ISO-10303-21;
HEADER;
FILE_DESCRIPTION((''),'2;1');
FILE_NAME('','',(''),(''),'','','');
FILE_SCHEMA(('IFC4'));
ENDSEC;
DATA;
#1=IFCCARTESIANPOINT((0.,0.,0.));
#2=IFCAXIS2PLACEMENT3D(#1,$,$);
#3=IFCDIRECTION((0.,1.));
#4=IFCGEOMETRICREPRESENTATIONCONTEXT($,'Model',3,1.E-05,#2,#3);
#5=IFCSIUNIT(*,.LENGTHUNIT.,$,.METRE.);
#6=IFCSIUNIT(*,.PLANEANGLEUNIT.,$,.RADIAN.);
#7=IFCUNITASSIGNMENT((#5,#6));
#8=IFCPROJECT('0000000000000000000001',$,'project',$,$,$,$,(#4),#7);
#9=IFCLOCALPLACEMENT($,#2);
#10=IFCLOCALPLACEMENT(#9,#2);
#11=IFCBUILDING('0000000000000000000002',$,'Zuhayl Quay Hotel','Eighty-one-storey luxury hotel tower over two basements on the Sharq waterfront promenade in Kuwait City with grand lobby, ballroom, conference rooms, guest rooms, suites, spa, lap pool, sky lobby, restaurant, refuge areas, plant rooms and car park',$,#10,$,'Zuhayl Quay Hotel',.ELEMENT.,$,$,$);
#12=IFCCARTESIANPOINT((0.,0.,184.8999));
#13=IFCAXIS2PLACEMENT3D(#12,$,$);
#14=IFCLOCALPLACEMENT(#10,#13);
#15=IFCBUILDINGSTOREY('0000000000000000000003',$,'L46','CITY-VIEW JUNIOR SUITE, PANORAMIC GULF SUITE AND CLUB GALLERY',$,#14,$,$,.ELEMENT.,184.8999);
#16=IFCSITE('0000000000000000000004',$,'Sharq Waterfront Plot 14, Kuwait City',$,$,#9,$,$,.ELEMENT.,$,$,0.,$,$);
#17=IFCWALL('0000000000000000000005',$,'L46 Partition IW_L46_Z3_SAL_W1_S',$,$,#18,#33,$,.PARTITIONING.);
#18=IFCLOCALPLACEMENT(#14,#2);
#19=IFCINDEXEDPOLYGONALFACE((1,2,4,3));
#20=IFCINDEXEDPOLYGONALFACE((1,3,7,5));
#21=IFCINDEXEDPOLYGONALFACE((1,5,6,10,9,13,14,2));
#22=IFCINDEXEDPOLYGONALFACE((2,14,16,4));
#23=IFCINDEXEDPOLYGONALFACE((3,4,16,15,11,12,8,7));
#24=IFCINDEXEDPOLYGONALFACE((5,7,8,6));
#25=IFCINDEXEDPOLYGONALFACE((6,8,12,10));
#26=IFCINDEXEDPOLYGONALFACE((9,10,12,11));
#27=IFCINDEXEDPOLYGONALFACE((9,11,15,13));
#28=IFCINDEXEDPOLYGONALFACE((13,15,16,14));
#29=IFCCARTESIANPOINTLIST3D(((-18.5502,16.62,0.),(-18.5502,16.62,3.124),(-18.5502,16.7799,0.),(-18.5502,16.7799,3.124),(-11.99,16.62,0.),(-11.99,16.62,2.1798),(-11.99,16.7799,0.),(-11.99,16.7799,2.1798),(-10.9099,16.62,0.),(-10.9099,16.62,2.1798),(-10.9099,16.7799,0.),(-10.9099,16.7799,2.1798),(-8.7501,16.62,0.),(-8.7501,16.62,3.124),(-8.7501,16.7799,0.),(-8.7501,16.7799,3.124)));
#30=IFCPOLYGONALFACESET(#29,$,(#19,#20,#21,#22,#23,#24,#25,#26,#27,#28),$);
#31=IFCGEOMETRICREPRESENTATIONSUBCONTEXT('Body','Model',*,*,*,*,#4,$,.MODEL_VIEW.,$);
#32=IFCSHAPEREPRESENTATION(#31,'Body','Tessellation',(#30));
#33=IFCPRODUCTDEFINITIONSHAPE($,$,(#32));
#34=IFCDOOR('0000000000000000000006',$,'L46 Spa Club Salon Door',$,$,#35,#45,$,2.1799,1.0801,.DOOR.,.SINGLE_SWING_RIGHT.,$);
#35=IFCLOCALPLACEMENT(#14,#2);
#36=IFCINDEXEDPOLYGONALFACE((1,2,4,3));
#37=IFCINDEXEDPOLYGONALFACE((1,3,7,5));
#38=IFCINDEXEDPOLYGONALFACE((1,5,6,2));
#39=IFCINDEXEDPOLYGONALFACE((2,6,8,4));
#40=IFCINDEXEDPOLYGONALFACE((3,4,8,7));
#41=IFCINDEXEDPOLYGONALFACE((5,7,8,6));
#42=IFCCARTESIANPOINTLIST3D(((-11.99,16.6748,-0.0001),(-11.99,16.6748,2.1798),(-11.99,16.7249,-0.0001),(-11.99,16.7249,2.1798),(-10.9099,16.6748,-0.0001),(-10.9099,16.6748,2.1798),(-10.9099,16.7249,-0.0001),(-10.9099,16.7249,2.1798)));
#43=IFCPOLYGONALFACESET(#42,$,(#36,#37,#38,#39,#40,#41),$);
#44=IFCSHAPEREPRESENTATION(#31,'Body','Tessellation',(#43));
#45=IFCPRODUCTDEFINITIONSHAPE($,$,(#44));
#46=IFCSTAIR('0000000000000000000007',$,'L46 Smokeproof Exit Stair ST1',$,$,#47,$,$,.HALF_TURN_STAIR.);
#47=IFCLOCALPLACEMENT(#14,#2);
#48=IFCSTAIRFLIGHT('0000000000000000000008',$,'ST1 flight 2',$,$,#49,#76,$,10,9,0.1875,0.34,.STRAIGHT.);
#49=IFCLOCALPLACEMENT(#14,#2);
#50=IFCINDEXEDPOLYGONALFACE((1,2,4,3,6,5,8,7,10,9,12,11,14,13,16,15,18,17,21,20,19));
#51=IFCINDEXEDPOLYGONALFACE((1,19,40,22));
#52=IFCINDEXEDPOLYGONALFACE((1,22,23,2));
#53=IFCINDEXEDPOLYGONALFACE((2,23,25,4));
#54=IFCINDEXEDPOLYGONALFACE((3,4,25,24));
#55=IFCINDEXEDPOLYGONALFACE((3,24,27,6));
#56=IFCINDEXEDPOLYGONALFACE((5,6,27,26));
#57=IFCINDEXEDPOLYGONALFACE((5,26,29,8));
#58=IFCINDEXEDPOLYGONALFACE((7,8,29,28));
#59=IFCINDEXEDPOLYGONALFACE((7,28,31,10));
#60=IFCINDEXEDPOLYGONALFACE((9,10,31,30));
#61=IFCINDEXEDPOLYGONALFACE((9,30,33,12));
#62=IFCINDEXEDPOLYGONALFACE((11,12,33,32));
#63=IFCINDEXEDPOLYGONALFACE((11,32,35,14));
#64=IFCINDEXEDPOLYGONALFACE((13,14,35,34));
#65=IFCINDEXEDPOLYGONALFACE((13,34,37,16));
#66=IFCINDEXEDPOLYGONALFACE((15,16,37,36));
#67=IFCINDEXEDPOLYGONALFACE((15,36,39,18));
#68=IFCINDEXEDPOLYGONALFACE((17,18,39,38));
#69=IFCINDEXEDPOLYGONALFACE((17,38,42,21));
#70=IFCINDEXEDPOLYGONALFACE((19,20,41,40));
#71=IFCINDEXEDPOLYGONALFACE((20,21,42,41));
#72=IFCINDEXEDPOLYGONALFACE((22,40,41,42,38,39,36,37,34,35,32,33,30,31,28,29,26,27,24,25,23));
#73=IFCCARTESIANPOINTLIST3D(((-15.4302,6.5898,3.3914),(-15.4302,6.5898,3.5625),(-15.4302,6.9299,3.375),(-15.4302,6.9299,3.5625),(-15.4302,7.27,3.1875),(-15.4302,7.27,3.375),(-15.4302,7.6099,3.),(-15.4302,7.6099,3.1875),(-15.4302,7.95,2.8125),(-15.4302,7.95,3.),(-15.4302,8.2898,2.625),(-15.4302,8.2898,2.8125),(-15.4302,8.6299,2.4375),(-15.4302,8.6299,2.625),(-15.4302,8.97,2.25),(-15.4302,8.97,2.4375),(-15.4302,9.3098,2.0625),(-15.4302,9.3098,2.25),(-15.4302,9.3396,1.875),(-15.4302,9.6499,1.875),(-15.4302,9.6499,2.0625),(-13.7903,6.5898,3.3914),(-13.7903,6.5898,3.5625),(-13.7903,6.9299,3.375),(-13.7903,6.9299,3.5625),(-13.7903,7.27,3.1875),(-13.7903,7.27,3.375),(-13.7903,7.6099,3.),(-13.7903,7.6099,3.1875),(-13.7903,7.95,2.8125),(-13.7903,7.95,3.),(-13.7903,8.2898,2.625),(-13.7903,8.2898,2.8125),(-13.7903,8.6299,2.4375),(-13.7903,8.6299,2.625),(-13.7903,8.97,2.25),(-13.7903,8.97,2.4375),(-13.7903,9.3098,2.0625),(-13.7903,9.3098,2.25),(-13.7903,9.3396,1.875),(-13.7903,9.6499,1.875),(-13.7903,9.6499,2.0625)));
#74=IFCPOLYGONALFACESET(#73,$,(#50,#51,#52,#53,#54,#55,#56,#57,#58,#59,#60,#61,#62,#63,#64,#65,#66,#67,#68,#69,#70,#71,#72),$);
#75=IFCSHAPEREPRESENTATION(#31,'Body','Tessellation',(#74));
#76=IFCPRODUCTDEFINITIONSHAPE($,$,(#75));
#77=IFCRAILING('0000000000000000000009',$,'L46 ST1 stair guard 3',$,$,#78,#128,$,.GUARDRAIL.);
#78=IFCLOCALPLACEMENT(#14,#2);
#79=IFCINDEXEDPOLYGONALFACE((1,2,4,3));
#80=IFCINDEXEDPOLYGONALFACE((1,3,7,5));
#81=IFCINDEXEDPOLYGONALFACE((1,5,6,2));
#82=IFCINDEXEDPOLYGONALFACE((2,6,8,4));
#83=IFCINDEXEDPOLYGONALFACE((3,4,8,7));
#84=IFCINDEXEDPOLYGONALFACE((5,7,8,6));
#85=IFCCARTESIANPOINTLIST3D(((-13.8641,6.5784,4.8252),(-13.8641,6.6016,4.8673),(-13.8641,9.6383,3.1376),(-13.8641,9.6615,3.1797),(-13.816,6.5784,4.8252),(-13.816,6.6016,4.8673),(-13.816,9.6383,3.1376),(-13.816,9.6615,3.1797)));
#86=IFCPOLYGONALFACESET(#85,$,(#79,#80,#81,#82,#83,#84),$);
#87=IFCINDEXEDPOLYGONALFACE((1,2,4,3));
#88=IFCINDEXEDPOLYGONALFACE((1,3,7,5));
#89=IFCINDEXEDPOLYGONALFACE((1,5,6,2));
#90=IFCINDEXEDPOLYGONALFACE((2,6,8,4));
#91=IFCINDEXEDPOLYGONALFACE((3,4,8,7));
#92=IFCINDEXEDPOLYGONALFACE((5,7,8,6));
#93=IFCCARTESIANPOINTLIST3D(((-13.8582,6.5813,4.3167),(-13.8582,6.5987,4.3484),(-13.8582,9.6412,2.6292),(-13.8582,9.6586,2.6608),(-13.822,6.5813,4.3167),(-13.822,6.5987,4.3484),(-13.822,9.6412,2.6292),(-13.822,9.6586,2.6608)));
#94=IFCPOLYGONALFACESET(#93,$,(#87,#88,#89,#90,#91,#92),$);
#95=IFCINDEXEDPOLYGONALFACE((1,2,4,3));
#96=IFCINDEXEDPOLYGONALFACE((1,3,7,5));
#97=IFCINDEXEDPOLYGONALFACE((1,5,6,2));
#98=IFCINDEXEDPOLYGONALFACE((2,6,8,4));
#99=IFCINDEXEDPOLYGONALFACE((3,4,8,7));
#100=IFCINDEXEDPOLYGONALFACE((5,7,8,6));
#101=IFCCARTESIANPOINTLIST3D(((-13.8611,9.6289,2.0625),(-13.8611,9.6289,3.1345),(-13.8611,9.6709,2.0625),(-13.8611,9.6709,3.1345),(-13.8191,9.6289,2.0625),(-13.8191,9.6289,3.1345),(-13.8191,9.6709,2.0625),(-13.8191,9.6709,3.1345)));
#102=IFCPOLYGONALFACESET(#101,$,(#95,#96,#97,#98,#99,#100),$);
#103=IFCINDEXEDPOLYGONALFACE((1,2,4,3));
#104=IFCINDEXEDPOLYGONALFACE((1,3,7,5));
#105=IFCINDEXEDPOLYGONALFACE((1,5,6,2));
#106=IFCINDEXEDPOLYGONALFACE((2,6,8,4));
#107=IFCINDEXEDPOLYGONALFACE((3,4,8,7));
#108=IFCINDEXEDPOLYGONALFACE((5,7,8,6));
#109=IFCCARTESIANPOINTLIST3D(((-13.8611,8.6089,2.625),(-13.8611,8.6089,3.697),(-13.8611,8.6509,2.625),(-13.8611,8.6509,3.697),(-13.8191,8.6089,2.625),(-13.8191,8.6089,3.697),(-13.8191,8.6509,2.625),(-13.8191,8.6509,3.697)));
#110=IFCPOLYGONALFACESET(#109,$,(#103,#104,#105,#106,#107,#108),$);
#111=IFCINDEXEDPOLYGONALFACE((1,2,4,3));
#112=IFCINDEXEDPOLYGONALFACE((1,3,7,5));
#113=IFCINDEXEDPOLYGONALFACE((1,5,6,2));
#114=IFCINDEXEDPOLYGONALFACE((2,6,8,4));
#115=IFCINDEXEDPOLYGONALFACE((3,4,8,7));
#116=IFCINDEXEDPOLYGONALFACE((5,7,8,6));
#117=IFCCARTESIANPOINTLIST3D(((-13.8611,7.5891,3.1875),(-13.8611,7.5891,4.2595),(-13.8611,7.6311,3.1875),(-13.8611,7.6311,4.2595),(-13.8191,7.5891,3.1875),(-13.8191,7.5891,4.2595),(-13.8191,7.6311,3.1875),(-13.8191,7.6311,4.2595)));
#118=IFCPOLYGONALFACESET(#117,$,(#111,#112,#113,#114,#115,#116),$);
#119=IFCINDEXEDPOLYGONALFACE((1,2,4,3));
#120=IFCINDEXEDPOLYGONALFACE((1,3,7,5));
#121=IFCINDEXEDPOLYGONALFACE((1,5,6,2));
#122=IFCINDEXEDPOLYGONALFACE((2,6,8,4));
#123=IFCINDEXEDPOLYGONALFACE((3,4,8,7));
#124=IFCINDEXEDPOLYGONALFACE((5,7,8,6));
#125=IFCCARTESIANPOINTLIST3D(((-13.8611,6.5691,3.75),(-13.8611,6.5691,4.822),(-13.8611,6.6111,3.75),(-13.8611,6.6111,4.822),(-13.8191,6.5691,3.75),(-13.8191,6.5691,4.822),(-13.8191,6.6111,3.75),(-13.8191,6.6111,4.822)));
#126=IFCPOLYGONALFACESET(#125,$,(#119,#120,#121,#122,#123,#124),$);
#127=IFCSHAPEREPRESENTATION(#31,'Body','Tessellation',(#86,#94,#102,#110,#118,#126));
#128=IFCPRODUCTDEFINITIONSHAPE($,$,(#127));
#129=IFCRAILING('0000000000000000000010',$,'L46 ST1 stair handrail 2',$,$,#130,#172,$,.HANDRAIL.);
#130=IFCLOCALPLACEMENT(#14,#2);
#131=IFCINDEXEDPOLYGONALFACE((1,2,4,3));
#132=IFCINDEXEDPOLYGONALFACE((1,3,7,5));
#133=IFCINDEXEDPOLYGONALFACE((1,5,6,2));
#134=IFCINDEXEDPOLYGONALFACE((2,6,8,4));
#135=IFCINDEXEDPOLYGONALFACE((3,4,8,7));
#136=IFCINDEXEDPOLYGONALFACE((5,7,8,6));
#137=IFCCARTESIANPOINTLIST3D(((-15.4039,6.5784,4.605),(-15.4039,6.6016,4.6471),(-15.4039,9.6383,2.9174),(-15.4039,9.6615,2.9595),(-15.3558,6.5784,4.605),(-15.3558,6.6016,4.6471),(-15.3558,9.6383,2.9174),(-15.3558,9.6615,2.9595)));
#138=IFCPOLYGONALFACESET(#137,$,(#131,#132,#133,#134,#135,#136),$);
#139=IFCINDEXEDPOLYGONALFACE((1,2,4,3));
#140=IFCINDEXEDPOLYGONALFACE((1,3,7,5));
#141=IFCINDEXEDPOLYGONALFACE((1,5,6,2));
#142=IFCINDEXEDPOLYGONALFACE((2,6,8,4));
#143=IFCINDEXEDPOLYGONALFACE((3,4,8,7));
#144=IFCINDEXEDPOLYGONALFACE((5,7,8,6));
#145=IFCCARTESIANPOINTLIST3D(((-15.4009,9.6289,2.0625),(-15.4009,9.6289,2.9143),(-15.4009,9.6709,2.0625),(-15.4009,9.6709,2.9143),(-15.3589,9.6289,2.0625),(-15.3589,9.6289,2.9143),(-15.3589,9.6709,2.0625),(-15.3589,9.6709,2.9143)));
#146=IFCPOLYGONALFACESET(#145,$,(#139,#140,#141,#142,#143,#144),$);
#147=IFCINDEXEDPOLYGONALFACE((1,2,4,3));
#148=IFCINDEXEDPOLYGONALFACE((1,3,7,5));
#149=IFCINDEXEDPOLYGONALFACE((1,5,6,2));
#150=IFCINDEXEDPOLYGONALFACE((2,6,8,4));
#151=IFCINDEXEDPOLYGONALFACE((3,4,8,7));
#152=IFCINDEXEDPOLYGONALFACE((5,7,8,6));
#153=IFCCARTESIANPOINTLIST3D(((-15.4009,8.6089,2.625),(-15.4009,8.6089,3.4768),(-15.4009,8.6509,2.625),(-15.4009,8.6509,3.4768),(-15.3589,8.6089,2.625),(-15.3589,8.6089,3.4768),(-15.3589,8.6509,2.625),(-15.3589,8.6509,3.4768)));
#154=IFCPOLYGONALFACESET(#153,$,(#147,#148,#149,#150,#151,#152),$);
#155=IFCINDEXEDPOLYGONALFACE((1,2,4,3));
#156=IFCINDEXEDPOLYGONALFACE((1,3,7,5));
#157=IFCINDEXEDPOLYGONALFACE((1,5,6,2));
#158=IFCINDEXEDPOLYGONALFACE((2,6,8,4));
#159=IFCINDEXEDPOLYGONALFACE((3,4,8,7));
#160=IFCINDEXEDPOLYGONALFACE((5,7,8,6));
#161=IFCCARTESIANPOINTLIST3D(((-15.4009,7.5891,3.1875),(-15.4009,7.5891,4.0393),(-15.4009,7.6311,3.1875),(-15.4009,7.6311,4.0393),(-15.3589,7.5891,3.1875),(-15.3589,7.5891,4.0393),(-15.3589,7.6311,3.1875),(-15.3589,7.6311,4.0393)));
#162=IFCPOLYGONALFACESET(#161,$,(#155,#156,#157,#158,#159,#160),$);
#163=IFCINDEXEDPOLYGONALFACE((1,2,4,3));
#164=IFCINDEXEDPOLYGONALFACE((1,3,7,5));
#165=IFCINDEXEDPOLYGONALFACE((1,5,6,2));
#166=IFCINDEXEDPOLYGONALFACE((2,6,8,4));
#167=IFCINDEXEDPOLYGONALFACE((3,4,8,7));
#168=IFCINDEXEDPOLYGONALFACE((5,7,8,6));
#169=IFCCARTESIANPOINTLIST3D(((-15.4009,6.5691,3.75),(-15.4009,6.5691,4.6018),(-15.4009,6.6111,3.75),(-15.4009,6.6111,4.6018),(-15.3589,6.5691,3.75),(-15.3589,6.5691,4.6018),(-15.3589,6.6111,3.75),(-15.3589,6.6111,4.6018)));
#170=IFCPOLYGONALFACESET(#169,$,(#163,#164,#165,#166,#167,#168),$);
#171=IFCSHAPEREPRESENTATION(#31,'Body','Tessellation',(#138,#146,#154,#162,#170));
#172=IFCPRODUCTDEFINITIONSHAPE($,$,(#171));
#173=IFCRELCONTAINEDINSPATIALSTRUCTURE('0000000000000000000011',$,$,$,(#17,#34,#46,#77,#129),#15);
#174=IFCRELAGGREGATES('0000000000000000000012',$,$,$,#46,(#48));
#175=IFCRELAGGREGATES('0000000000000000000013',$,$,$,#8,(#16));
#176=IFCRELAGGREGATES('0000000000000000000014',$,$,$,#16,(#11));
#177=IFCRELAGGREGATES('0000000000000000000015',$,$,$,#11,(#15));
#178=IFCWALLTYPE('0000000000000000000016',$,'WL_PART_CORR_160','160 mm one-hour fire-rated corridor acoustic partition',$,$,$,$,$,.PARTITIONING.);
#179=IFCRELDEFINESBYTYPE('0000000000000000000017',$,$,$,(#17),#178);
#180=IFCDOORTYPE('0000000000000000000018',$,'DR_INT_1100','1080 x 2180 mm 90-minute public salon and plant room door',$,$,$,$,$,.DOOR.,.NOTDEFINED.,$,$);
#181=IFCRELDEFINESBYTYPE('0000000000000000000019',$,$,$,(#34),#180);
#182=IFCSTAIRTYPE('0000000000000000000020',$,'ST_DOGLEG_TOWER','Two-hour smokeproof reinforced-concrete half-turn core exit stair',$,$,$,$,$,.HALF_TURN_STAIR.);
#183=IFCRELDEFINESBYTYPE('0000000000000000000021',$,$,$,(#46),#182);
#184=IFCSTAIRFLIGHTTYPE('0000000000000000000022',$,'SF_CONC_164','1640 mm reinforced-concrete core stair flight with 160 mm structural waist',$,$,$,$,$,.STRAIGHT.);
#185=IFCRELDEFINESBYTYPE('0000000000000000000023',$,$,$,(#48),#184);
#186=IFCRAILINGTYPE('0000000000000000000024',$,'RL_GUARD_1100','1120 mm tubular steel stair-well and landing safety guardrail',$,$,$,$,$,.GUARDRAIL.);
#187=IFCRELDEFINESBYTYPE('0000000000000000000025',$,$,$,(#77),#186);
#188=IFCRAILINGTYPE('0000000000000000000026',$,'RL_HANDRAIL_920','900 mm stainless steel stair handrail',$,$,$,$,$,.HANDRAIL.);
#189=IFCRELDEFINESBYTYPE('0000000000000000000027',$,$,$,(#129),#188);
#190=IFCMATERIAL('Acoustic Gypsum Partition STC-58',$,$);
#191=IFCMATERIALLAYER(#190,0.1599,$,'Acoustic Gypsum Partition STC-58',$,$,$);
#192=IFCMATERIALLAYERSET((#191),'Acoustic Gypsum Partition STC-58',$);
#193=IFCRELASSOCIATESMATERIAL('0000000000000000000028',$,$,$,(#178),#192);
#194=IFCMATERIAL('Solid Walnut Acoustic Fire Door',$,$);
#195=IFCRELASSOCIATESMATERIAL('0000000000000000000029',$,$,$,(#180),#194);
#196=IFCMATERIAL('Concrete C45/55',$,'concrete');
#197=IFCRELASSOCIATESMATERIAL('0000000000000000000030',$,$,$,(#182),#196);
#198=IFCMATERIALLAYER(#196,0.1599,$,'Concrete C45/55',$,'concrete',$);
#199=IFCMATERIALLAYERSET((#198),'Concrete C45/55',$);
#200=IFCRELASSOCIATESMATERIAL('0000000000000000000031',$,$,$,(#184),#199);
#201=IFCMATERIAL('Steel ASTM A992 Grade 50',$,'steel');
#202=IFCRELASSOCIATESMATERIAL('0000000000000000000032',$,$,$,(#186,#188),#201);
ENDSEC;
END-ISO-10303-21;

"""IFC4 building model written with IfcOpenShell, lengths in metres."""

from ifc_helpers import new_model, si_unit, direction, frame, frame_2d, origin, origin_2d, place, context, subcontext, project, spatial, polyline, rectangle, outline, extrude, material, layer, layer_set, type_object, element, fill, aggregate, save


model = new_model("IFC4")

# Units and contexts
model_context = context("Model", 3, precision=1e-05, world=origin(), true_north=direction((0.0, 1.0)))
body_context = subcontext(model_context, "Body", "Model", "MODEL_VIEW")
ifc_project = project(units=[si_unit("LENGTHUNIT", "METRE"), si_unit("PLANEANGLEUNIT", "RADIAN")], contexts=[model_context])

# Site, building, storey
site_placement = place(None, origin())
site = spatial("IfcSite", under=ifc_project, at=site_placement, Name="Sharq Waterfront Plot 14, Kuwait City", CompositionType="ELEMENT", RefElevation=0.0)
building_placement = place(site_placement, origin())
building = spatial("IfcBuilding", under=site, at=building_placement, Name="Zuhayl Quay Hotel", Description="Eighty-one-storey luxury hotel tower over two basements on the Sharq waterfront promenade in Kuwait City with grand lobby, ballroom, conference rooms, guest rooms, suites, spa, lap pool, sky lobby, restaurant, refuge areas, plant rooms and car park", LongName="Zuhayl Quay Hotel", CompositionType="ELEMENT")
storey_placement = place(building_placement, frame((0.0, 0.0, 184.8999)))
storey = spatial("IfcBuildingStorey", under=building, at=storey_placement, Name="L46", Description="CITY-VIEW JUNIOR SUITE, PANORAMIC GULF SUITE AND CLUB GALLERY", CompositionType="ELEMENT", Elevation=184.8999)

# Shared definitions
ifc_material_1 = material(Name="Steel ASTM A992 Grade 50", Category="steel")

# Shared definitions
ifc_material_2 = material(Name="Acoustic Gypsum Partition STC-58")

# Wall, opening, door
ifc_layer_1 = layer(ifc_material_2, 0.1599, Name="Acoustic Gypsum Partition STC-58")
ifc_layer_set_1 = layer_set([ifc_layer_1], Name="Acoustic Gypsum Partition STC-58")
wall_type_1 = type_object("IfcWallType", Name="WL_PART_CORR_160", Description="160 mm one-hour fire-rated corridor acoustic partition", PredefinedType="PARTITIONING", material=ifc_layer_set_1)
wall_1_placement = place(storey_placement, frame((-18.55, 16.7, 0.0), z_axis=(0.0, 0.0, 1.0), x_axis=(1.0, 0.0, 0.0)))
wall_1 = element("IfcWall", 1, at=wall_1_placement, inside=storey, type_object=wall_type_1, Name="L46 Partition IW_L46_Z3_SAL_W1_S", PredefinedType="PARTITIONING", context=body_context, shape_type="SweptSolid", body=[
    extrude(rectangle(XDim=9.8, YDim=0.1599, at=frame_2d((4.8999, 0.0))), origin(), (0.0, 0.0, 1.0), 3.124),
])
opening_1_placement = place(wall_1_placement, frame((6.5601, 0.0, 0.0)))
opening_1 = element("IfcOpeningElement", 2, at=opening_1_placement, cuts=wall_1, PredefinedType="OPENING", context=body_context, shape_type="SweptSolid", body=[
    extrude(rectangle(XDim=1.0801, YDim=2.1799, at=frame_2d((0.54, 1.0898))), frame((0.0, 0.0898, 0.0), z_axis=(0.0, -1.0, 0.0), x_axis=(1.0, 0.0, 0.0)), (0.0, 0.0, 1.0), 0.1799),
])
ifc_material_3 = material(Name="Solid Walnut Acoustic Fire Door")
door_type = type_object("IfcDoorType", Name="DR_INT_1100", Description="1080 x 2180 mm 90-minute public salon and plant room door", OperationType="NOTDEFINED", PredefinedType="DOOR", material=ifc_material_3)
door_placement = place(opening_1_placement, origin())
door = element("IfcDoor", 3, at=door_placement, inside=storey, type_object=door_type, Name="L46 Spa Club Salon Door", OperationType="SINGLE_SWING_RIGHT", OverallHeight=2.1799, OverallWidth=1.0801, PredefinedType="DOOR", context=body_context, shape_type="SweptSolid", body=[
    extrude(rectangle(XDim=1.0801, YDim=2.1799, at=frame_2d((0.54, 1.0898))), frame((0.0, 0.0249, 0.0), z_axis=(0.0, -1.0, 0.0), x_axis=(1.0, 0.0, 0.0)), (0.0, 0.0, 1.0), 0.05),
])
fill(opening_1, door)

# Stair, stair flight
ifc_material_4 = material(Name="Concrete C45/55", Category="concrete")
stair_type = type_object("IfcStairType", Name="ST_DOGLEG_TOWER", Description="Two-hour smokeproof reinforced-concrete half-turn core exit stair", PredefinedType="HALF_TURN_STAIR", material=ifc_material_4)
stair_placement = place(storey_placement, origin())
stair = element("IfcStair", 4, at=stair_placement, inside=storey, type_object=stair_type, Name="L46 Smokeproof Exit Stair ST1", PredefinedType="HALF_TURN_STAIR")
ifc_layer_2 = layer(ifc_material_4, 0.1599, Name="Concrete C45/55", Category="concrete")
ifc_layer_set_2 = layer_set([ifc_layer_2], Name="Concrete C45/55")
stair_flight_type = type_object("IfcStairFlightType", Name="SF_CONC_164", Description="1640 mm reinforced-concrete core stair flight with 160 mm structural waist", PredefinedType="STRAIGHT", material=ifc_layer_set_2)
stair_flight_placement = place(storey_placement, frame((-14.6101, 9.6499, 1.875), z_axis=(0.0, 0.0, 1.0), x_axis=(0.0, -1.0, 0.0)))
stair_flight = element("IfcStairFlight", 5, at=stair_flight_placement, type_object=stair_flight_type, Name="ST1 flight 2", NumberOfRisers=10, NumberOfTreads=9, PredefinedType="STRAIGHT", RiserHeight=0.1875, TreadLength=0.34, context=body_context, shape_type="SweptSolid", body=[
    extrude(outline(polyline([(0.0, 0.0), (0.0, 0.1875), (0.3401, 0.1875), (0.3401, 0.375), (0.6799, 0.375), (0.6799, 0.5625), (1.02, 0.5625), (1.02, 0.75), (1.3601, 0.75), (1.3601, 0.9375), (1.7, 0.9375), (1.7, 1.125), (2.04, 1.125), (2.04, 1.3125), (2.3799, 1.3125), (2.3799, 1.5), (2.72, 1.5), (2.72, 1.6875), (3.0601, 1.6875), (3.0601, 1.875), (3.0601, 1.5164), (0.3103, 0.0), (0.0, 0.0)])), frame((0.0, 0.8198, 0.0), z_axis=(0.0, -1.0, 0.0), x_axis=(1.0, 0.0, 0.0)), (0.0, 0.0, 1.0), 1.6399),
])
aggregate(stair, [stair_flight])

# Railings
railing_type_1 = type_object("IfcRailingType", Name="RL_GUARD_1100", Description="1120 mm tubular steel stair-well and landing safety guardrail", PredefinedType="GUARDRAIL", material=ifc_material_1)
railing_1_placement = place(storey_placement, frame((-13.8401, 9.6499, 2.0625)))
element("IfcRailing", 6, at=railing_1_placement, inside=storey, type_object=railing_type_1, Name="L46 ST1 stair guard 3", PredefinedType="GUARDRAIL", context=body_context, shape_type="SweptSolid", body=[
    extrude(rectangle(XDim=0.0481, YDim=0.0481, at=origin_2d()), frame((0.0, 0.0, 1.0962), z_axis=(0.0, -0.875659, 0.48293), x_axis=(1.0, 0.0, 0.0)), (0.0, 0.0, 1.0), 3.4944),
    extrude(rectangle(XDim=0.0361, YDim=0.0361, at=origin_2d()), frame((0.0, 0.0, 0.5825), z_axis=(0.0, -0.875659, 0.48293), x_axis=(1.0, 0.0, 0.0)), (0.0, 0.0, 1.0), 3.4944),
    extrude(rectangle(XDim=0.042, YDim=0.042, at=origin_2d()), origin(), (0.0, 0.0, 1.0), 1.072),
    extrude(rectangle(XDim=0.042, YDim=0.042, at=origin_2d()), frame((0.0, -1.02, 0.5625)), (0.0, 0.0, 1.0), 1.072),
    extrude(rectangle(XDim=0.042, YDim=0.042, at=origin_2d()), frame((0.0, -2.0398, 1.125)), (0.0, 0.0, 1.0), 1.072),
    extrude(rectangle(XDim=0.042, YDim=0.042, at=origin_2d()), frame((0.0, -3.0598, 1.6875)), (0.0, 0.0, 1.0), 1.072),
])
railing_type_2 = type_object("IfcRailingType", Name="RL_HANDRAIL_920", Description="900 mm stainless steel stair handrail", PredefinedType="HANDRAIL", material=ifc_material_1)
railing_2_placement = place(storey_placement, frame((-15.3799, 9.6499, 2.0625)))
element("IfcRailing", 7, at=railing_2_placement, inside=storey, type_object=railing_type_2, Name="L46 ST1 stair handrail 2", PredefinedType="HANDRAIL", context=body_context, shape_type="SweptSolid", body=[
    extrude(rectangle(XDim=0.0481, YDim=0.0481, at=origin_2d()), frame((0.0, 0.0, 0.876), z_axis=(0.0, -0.875659, 0.48293), x_axis=(1.0, 0.0, 0.0)), (0.0, 0.0, 1.0), 3.4944),
    extrude(rectangle(XDim=0.042, YDim=0.042, at=origin_2d()), origin(), (0.0, 0.0, 1.0), 0.8518),
    extrude(rectangle(XDim=0.042, YDim=0.042, at=origin_2d()), frame((0.0, -1.02, 0.5625)), (0.0, 0.0, 1.0), 0.8518),
    extrude(rectangle(XDim=0.042, YDim=0.042, at=origin_2d()), frame((0.0, -2.0398, 1.125)), (0.0, 0.0, 1.0), 0.8518),
    extrude(rectangle(XDim=0.042, YDim=0.042, at=origin_2d()), frame((0.0, -3.0598, 1.6875)), (0.0, 0.0, 1.0), 0.8518),
])

save(model, "model.ifc")
